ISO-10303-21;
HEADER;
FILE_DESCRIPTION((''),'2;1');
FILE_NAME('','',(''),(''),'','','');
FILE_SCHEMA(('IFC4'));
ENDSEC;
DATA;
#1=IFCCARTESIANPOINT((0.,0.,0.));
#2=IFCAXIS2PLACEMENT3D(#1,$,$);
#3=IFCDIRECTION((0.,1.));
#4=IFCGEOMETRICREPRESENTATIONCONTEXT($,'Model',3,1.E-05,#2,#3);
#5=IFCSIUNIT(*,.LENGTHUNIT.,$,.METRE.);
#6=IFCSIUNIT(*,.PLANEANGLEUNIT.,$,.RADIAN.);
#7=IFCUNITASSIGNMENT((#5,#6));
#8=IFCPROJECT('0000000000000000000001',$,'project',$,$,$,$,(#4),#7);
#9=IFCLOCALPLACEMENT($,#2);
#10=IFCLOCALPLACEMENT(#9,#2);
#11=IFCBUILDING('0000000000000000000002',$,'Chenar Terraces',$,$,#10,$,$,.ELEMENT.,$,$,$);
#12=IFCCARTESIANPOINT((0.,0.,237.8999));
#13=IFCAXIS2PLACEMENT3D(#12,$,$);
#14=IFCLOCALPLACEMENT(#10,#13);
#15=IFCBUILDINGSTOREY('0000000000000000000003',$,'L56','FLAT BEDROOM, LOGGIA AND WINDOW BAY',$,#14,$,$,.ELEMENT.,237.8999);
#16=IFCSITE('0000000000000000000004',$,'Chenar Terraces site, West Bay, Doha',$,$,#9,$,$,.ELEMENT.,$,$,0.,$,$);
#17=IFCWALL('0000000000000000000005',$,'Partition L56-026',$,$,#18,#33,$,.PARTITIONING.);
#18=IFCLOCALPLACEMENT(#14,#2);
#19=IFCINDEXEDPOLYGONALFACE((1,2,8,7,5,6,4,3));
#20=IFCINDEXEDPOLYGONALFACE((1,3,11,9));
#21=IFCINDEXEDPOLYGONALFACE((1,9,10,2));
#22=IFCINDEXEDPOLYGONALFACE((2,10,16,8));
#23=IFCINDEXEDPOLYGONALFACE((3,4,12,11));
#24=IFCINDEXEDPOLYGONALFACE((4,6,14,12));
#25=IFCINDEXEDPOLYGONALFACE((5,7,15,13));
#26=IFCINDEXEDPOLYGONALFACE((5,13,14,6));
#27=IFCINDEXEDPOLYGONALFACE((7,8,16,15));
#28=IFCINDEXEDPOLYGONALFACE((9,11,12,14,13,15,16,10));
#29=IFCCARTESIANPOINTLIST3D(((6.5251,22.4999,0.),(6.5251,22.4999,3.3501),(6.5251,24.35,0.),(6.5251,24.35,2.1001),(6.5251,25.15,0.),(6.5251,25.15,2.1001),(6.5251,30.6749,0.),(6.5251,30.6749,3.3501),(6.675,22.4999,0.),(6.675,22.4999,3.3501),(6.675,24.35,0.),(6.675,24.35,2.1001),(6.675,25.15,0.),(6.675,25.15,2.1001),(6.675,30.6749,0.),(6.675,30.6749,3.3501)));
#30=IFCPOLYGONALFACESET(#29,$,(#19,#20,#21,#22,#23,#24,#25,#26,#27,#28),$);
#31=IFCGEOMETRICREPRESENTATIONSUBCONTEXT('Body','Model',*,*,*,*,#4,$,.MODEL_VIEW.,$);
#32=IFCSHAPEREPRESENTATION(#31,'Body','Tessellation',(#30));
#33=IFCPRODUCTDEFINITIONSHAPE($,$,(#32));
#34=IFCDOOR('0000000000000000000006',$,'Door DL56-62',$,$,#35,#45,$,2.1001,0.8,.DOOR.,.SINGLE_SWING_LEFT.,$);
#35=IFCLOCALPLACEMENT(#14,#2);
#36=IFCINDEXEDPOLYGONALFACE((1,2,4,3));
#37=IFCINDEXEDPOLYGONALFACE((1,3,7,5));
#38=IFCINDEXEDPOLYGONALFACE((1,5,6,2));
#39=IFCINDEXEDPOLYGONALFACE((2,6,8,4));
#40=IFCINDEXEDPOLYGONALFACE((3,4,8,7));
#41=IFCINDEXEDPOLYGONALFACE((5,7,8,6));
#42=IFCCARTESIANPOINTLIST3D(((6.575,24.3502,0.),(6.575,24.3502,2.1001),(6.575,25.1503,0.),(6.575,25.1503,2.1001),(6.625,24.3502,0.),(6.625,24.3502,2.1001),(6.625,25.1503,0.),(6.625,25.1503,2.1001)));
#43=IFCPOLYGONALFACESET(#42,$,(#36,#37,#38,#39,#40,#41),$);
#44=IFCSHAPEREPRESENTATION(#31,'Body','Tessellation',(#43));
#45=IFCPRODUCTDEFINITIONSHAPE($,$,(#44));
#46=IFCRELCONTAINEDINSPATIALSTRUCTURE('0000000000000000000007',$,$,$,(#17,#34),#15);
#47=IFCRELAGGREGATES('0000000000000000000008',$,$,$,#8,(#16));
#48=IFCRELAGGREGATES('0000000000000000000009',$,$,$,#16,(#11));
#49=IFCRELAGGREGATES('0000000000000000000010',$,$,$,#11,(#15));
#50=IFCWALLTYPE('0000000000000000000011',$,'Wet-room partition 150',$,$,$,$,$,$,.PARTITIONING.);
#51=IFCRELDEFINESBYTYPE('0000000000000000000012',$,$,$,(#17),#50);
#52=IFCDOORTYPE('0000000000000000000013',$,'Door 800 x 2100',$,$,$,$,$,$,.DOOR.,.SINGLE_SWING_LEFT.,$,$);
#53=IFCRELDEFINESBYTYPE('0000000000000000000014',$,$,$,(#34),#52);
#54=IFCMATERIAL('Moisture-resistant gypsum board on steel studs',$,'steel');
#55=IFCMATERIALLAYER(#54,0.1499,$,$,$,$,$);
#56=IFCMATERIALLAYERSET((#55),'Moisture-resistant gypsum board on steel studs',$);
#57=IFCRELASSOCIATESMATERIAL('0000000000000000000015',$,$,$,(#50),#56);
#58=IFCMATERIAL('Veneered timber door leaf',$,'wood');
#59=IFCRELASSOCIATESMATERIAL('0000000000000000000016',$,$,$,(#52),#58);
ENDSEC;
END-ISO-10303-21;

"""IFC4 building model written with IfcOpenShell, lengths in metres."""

from ifc_helpers import new_model, si_unit, direction, frame, frame_2d, origin, place, context, subcontext, project, spatial, rectangle, extrude, material, layer, layer_set, type_object, element, fill, save


model = new_model("IFC4")

# Units and contexts
model_context = context("Model", 3, precision=1e-05, world=origin(), true_north=direction((0.0, 1.0)))
body_context = subcontext(model_context, "Body", "Model", "MODEL_VIEW")
ifc_project = project(units=[si_unit("LENGTHUNIT", "METRE"), si_unit("PLANEANGLEUNIT", "RADIAN")], contexts=[model_context])

# Site, building, storey
site_placement = place(None, origin())
site = spatial("IfcSite", under=ifc_project, at=site_placement, Name="Chenar Terraces site, West Bay, Doha", CompositionType="ELEMENT", RefElevation=0.0)
building_placement = place(site_placement, origin())
building = spatial("IfcBuilding", under=site, at=building_placement, Name="Chenar Terraces", CompositionType="ELEMENT")
storey_placement = place(building_placement, frame((0.0, 0.0, 237.8999)))
storey = spatial("IfcBuildingStorey", under=building, at=storey_placement, Name="L56", Description="FLAT BEDROOM, LOGGIA AND WINDOW BAY", CompositionType="ELEMENT", Elevation=237.8999)

# Wall, opening, door
ifc_material_1 = material(Name="Moisture-resistant gypsum board on steel studs", Category="steel")
ifc_layer_1 = layer(ifc_material_1, 0.1499)
ifc_layer_set_1 = layer_set([ifc_layer_1], Name="Moisture-resistant gypsum board on steel studs")
wall_type_1 = type_object("IfcWallType", Name="Wet-room partition 150", PredefinedType="PARTITIONING", material=ifc_layer_set_1)
wall_1_placement = place(storey_placement, frame((6.6001, 22.5, 0.0), z_axis=(0.0, 0.0, 1.0), x_axis=(0.0, 1.0, 0.0)))
wall_1 = element("IfcWall", 1, at=wall_1_placement, inside=storey, type_object=wall_type_1, Name="Partition L56-026", PredefinedType="PARTITIONING", context=body_context, shape_type="SweptSolid", body=[
    extrude(rectangle(XDim=8.175, YDim=0.1499, at=frame_2d((4.0874, 0.0))), origin(), (0.0, 0.0, 1.0), 3.3501),
])
opening_1_placement = place(wall_1_placement, frame((1.8501, 0.0, 0.0)))
opening_1 = element("IfcOpeningElement", 2, at=opening_1_placement, cuts=wall_1, PredefinedType="OPENING", context=body_context, shape_type="SweptSolid", body=[
    extrude(rectangle(XDim=0.8, YDim=2.1001, at=frame_2d((0.3999, 1.05))), frame((0.0, 0.085, 0.0), z_axis=(0.0, -1.0, 0.0), x_axis=(1.0, 0.0, 0.0)), (0.0, 0.0, 1.0), 0.1699),
])
ifc_material_2 = material(Name="Veneered timber door leaf", Category="wood")
door_type_1 = type_object("IfcDoorType", Name="Door 800 x 2100", OperationType="SINGLE_SWING_LEFT", PredefinedType="DOOR", material=ifc_material_2)
door_1_placement = place(opening_1_placement, frame((0.8, 0.0, 0.0), z_axis=(0.0, 0.0, 1.0), x_axis=(-1.0, 0.0, 0.0)))
door_1 = element("IfcDoor", 3, at=door_1_placement, inside=storey, type_object=door_type_1, Name="Door DL56-62", OperationType="SINGLE_SWING_LEFT", OverallHeight=2.1001, OverallWidth=0.8, PredefinedType="DOOR", context=body_context, shape_type="SweptSolid", body=[
    extrude(rectangle(XDim=0.8, YDim=2.1001, at=frame_2d((0.3999, 1.05))), frame((0.0, 0.0249, 0.0), z_axis=(0.0, -1.0, 0.0), x_axis=(1.0, 0.0, 0.0)), (0.0, 0.0, 1.0), 0.05),
])
fill(opening_1, door_1)

save(model, "model.ifc")
